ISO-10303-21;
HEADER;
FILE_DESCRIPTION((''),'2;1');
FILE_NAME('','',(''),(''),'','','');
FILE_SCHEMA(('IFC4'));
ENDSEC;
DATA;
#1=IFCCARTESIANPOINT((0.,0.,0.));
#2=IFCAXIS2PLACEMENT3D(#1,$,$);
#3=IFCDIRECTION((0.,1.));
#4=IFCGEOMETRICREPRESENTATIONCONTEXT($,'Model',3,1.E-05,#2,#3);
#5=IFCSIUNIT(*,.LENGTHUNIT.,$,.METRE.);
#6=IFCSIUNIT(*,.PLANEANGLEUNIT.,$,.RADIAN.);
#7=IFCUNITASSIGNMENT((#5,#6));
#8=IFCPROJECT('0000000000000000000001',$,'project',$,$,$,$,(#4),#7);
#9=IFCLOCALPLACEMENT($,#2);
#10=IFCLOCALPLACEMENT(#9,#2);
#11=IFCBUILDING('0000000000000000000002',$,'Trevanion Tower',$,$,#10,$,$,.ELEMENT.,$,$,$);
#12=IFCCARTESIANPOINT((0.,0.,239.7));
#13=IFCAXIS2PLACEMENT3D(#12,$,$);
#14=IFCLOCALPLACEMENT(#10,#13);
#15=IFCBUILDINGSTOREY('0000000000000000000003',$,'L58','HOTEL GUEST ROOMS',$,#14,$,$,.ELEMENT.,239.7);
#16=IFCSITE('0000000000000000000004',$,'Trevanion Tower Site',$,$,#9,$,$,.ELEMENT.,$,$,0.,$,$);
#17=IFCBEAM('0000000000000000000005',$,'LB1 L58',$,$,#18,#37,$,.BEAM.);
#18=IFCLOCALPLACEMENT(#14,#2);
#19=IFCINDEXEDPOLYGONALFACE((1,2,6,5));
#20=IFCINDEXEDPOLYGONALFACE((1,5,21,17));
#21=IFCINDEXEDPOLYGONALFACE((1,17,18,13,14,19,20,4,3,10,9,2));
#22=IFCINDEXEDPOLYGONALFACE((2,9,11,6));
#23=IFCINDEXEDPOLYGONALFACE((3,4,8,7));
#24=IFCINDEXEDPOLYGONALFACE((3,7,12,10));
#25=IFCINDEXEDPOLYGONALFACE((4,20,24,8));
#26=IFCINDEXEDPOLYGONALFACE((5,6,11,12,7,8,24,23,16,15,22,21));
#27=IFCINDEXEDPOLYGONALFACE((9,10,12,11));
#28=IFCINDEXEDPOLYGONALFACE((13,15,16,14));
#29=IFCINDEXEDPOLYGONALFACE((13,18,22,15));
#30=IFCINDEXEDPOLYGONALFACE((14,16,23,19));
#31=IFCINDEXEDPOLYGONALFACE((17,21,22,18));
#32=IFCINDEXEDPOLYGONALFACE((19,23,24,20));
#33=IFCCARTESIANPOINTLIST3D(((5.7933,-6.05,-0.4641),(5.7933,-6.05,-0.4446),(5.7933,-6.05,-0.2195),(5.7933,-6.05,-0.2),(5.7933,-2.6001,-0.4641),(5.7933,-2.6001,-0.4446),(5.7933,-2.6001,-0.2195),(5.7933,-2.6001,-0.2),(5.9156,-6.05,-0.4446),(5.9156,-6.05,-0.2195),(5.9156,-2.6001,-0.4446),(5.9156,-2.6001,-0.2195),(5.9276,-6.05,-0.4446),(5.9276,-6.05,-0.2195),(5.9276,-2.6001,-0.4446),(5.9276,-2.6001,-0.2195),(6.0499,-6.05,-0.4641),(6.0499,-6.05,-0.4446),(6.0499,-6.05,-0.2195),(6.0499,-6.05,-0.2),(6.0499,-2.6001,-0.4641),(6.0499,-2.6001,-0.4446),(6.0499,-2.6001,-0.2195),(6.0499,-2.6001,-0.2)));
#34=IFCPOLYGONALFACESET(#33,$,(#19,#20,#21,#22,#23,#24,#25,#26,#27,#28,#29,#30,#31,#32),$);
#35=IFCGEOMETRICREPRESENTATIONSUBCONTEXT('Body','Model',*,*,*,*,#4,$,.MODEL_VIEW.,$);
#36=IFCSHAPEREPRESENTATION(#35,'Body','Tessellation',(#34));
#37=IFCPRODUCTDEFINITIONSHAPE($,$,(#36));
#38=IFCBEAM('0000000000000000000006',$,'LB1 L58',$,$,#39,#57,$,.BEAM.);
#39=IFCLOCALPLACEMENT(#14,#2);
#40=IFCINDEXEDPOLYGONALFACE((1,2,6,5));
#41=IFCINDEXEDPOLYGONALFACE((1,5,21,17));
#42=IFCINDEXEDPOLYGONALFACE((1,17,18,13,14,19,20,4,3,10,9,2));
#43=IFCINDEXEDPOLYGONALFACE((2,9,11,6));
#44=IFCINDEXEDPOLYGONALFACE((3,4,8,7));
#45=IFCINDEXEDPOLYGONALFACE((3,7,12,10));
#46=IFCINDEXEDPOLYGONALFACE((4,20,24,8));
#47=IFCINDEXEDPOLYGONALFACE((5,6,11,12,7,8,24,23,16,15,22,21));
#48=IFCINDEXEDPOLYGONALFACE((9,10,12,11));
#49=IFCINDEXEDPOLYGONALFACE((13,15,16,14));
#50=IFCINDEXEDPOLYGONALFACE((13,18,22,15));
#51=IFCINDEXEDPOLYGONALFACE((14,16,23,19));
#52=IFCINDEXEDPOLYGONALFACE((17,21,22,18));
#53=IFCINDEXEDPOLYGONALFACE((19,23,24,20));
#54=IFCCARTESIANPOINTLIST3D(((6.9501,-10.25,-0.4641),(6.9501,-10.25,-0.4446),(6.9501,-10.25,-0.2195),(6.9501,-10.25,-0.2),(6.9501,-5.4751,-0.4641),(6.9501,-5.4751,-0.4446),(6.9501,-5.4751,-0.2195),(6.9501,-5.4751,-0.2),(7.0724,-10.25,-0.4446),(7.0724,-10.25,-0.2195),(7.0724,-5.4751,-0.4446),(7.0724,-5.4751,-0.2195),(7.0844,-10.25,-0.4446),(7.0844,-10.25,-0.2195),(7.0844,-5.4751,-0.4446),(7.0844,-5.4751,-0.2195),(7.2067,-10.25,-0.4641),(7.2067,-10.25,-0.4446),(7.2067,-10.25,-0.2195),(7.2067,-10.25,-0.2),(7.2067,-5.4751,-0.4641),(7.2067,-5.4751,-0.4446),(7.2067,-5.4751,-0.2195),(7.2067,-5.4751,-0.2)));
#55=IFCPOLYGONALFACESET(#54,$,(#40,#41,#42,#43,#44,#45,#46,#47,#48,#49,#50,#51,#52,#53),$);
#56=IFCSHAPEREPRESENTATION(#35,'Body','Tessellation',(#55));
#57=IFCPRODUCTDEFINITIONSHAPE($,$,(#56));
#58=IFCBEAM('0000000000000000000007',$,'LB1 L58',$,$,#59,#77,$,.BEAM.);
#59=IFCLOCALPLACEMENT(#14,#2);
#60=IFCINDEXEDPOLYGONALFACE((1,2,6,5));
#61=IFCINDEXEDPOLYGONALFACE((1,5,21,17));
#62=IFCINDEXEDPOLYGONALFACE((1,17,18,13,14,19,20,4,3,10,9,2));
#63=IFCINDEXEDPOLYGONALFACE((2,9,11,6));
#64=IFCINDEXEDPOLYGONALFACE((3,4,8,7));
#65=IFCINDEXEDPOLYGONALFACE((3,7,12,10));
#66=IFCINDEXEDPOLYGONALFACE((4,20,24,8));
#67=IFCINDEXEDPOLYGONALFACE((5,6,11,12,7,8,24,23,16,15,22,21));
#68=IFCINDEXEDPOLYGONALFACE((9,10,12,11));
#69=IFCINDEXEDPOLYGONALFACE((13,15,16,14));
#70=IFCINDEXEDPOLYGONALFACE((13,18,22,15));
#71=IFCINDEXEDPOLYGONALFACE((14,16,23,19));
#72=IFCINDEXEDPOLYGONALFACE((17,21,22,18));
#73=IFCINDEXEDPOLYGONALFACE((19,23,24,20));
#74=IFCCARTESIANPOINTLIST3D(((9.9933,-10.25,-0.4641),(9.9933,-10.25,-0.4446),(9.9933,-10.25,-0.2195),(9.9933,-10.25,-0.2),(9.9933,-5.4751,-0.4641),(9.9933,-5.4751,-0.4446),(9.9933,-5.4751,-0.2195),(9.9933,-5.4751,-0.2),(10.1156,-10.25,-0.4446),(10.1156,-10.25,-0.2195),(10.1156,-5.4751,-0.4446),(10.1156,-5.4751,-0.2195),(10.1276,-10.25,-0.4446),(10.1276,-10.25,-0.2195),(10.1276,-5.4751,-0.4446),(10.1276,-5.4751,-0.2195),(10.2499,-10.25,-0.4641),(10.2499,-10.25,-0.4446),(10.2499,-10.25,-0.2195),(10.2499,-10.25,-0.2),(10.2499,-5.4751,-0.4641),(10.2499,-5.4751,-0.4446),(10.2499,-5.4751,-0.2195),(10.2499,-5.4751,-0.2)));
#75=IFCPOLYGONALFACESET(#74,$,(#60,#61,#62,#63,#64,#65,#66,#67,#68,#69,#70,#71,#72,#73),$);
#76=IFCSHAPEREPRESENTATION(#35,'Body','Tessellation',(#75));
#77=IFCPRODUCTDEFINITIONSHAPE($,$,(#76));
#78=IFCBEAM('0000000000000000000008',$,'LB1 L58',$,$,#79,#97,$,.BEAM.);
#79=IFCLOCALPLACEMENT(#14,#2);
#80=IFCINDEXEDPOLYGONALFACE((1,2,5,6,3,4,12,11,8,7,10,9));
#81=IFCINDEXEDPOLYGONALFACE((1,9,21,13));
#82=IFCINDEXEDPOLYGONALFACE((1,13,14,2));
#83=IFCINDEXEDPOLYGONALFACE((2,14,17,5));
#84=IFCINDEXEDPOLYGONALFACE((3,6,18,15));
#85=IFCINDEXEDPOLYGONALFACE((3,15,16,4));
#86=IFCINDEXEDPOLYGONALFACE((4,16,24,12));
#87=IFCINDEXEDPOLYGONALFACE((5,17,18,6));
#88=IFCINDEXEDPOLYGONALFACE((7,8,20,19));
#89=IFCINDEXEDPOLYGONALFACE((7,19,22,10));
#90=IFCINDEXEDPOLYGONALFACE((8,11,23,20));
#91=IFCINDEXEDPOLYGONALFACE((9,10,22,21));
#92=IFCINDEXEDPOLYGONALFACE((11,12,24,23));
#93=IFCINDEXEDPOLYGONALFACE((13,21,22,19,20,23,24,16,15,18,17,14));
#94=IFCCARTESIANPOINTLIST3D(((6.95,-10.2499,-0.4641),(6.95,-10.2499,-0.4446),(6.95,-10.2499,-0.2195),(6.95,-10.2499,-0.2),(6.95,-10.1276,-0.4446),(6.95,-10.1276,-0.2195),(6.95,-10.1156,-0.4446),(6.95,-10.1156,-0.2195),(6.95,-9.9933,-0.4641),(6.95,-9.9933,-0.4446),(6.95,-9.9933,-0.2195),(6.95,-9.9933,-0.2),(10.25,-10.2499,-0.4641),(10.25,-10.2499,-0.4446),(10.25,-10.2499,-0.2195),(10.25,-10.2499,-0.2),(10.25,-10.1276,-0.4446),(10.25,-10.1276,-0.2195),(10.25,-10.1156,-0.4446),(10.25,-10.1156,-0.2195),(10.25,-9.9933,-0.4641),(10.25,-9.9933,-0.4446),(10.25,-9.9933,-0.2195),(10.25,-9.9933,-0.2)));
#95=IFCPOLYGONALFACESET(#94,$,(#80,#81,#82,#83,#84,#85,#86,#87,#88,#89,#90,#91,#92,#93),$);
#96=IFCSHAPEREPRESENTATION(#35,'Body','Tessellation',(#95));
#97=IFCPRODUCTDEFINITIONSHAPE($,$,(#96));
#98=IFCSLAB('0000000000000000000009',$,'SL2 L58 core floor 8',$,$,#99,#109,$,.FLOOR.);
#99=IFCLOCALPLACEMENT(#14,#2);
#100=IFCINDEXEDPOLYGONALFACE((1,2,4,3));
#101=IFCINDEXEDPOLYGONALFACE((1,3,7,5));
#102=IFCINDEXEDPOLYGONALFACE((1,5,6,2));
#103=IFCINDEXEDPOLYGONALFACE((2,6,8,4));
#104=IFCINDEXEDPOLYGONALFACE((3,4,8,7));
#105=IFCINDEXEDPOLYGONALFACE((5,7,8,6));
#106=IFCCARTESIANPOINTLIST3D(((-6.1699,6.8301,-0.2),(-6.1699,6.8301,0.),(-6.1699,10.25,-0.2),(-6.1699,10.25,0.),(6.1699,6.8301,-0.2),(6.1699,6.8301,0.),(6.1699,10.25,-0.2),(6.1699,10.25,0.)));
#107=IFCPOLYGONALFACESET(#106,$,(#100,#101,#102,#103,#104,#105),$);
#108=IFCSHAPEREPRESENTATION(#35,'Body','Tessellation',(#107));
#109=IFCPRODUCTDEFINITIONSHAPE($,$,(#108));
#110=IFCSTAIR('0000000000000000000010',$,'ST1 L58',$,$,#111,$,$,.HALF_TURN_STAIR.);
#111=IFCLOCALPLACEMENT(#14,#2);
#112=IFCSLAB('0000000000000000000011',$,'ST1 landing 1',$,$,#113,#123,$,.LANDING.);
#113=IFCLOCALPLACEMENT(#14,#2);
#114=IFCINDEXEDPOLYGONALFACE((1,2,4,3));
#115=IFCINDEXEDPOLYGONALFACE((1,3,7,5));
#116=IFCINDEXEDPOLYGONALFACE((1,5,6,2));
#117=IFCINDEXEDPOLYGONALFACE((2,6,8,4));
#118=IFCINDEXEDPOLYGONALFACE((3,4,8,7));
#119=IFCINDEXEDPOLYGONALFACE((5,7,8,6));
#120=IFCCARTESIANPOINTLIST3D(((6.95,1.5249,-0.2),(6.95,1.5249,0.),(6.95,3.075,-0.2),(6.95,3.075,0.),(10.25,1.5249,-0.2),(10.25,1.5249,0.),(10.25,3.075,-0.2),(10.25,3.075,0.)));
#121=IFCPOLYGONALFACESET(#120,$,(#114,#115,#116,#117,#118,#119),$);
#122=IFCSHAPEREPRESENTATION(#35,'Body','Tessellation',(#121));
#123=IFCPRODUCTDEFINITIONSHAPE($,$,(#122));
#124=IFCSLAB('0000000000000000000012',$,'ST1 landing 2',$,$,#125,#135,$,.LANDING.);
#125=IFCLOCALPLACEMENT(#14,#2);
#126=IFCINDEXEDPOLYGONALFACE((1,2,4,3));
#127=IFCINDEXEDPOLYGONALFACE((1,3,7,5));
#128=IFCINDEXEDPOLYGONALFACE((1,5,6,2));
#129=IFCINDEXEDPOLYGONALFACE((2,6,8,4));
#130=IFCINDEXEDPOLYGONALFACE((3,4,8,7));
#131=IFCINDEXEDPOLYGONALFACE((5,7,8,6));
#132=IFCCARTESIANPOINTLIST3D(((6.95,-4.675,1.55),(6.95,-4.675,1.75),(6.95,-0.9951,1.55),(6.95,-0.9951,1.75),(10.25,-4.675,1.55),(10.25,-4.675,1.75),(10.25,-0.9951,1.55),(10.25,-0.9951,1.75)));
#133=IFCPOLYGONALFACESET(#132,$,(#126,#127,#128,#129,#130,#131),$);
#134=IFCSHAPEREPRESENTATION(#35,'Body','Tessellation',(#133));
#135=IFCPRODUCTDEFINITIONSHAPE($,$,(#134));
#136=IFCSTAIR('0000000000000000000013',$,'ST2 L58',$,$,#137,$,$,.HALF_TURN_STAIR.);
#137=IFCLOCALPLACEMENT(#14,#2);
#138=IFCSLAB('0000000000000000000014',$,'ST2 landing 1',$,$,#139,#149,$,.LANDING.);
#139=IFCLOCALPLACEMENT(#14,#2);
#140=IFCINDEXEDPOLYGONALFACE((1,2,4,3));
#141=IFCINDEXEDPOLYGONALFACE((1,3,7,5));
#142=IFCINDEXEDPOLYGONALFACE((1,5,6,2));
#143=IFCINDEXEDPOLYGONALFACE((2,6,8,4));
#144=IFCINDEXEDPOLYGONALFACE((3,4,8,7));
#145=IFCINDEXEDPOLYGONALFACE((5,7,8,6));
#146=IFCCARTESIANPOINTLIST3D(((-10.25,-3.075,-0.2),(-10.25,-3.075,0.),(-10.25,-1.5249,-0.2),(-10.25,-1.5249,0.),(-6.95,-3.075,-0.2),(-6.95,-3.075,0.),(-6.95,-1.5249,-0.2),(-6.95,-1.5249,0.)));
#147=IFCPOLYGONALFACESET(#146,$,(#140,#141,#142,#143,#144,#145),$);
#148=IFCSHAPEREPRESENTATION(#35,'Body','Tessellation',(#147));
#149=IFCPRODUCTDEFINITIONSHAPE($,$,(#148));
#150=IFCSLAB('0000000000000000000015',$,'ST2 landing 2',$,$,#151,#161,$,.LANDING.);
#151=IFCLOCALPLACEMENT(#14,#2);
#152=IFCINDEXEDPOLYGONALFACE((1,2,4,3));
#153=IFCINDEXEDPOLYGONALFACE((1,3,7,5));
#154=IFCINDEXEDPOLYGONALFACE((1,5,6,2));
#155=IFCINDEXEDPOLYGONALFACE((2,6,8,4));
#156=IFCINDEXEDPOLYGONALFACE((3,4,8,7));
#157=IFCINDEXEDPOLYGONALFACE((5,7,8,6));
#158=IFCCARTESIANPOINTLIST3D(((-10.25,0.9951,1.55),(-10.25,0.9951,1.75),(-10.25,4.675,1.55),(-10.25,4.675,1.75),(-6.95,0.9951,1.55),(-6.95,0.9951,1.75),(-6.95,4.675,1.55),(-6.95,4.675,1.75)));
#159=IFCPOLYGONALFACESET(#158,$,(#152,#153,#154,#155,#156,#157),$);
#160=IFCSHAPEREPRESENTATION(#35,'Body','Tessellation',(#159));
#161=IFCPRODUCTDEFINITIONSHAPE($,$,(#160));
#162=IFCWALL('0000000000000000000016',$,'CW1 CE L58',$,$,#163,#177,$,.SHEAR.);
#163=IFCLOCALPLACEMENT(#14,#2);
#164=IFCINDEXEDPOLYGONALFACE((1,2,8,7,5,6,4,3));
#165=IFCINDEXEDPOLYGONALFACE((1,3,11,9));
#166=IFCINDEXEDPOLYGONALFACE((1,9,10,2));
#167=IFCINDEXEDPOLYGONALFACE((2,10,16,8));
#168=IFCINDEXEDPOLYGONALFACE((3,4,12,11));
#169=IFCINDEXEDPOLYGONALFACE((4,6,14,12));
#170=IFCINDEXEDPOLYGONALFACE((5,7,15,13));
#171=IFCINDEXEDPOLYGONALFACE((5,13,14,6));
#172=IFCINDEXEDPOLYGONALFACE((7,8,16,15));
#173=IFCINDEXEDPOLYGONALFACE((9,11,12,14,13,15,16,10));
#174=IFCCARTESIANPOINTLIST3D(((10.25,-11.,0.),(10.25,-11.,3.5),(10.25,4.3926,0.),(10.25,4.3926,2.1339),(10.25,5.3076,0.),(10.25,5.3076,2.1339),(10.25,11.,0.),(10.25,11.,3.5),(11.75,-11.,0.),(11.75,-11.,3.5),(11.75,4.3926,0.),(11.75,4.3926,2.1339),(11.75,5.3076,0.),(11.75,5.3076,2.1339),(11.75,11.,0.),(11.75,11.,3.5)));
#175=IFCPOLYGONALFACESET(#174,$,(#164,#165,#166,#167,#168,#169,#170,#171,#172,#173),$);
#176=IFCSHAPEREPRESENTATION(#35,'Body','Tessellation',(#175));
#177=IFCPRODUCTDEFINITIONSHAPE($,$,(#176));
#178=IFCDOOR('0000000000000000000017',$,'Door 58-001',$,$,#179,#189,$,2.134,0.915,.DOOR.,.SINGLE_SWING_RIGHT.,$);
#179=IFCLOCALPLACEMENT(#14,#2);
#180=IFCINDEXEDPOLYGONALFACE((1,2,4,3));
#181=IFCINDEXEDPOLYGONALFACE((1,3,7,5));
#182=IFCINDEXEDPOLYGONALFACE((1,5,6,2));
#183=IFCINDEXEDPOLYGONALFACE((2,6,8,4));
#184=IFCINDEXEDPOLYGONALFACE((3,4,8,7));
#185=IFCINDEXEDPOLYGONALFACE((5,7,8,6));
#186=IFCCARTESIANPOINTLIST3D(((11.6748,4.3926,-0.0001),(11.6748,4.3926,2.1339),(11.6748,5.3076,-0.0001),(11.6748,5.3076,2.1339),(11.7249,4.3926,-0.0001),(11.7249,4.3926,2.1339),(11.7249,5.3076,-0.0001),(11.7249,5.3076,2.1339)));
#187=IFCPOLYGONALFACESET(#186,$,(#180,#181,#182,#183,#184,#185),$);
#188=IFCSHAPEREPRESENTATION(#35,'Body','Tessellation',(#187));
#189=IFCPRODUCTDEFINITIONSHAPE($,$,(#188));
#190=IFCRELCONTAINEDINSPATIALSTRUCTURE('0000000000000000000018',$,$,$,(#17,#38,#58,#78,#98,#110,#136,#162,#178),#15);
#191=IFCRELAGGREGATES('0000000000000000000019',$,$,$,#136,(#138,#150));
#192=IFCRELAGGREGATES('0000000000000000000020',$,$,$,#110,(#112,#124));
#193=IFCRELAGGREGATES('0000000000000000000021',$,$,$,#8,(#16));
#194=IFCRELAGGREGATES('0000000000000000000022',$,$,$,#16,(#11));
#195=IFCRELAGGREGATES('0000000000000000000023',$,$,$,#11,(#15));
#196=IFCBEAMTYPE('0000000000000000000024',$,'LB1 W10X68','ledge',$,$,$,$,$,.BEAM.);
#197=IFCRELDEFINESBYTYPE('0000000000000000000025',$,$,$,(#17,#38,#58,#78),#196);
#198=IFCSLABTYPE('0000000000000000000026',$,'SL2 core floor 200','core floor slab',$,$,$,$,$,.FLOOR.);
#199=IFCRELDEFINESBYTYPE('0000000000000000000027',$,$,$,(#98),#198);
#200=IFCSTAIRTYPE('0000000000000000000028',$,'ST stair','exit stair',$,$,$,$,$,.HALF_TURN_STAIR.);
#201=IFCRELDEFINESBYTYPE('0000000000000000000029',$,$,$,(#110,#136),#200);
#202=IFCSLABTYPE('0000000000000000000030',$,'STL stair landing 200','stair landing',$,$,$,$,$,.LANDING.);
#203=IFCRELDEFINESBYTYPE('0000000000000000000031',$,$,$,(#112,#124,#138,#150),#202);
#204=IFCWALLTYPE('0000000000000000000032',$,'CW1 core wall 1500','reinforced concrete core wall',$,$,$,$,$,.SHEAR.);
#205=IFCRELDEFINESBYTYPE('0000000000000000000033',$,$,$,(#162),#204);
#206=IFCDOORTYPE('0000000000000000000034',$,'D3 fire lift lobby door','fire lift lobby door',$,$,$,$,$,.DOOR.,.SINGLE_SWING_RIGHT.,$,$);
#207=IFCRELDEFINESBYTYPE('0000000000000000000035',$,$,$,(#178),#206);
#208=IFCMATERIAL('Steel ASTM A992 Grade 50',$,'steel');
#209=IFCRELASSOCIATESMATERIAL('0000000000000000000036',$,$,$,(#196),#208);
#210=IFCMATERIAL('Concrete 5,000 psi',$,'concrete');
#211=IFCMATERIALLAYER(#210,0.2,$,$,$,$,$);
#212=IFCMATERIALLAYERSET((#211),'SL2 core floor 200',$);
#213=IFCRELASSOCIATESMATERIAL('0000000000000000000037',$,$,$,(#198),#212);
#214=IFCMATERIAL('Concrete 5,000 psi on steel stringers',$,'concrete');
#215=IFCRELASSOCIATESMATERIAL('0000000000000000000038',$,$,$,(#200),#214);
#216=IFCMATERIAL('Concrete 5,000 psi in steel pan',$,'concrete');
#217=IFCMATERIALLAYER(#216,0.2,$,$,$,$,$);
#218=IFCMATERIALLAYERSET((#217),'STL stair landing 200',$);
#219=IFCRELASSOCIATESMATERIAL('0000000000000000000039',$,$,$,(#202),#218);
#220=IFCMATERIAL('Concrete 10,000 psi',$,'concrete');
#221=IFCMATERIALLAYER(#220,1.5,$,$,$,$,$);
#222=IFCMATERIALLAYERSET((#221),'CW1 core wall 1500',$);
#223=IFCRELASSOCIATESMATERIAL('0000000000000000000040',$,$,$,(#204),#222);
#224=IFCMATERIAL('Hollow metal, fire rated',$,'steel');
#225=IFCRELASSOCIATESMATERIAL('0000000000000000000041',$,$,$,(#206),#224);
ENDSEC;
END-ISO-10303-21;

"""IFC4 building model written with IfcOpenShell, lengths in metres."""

from ifc_helpers import new_model, si_unit, direction, frame, frame_2d, origin, origin_2d, place, context, subcontext, project, spatial, polyline, rectangle, i_section, outline, extrude, material, layer, layer_set, material_profile, profile_set, type_object, element, fill, aggregate, save


model = new_model("IFC4")

# Units and contexts
model_context = context("Model", 3, precision=1e-05, world=origin(), true_north=direction((0.0, 1.0)))
body_context = subcontext(model_context, "Body", "Model", "MODEL_VIEW")
ifc_project = project(units=[si_unit("LENGTHUNIT", "METRE"), si_unit("PLANEANGLEUNIT", "RADIAN")], contexts=[model_context])

# Site, building, storey
site_placement = place(None, origin())
site = spatial("IfcSite", under=ifc_project, at=site_placement, Name="Trevanion Tower Site", CompositionType="ELEMENT", RefElevation=0.0)
building_placement = place(site_placement, origin())
building = spatial("IfcBuilding", under=site, at=building_placement, Name="Trevanion Tower", CompositionType="ELEMENT")
storey_placement = place(building_placement, frame((0.0, 0.0, 239.7)))
storey = spatial("IfcBuildingStorey", under=building, at=storey_placement, Name="L58", Description="HOTEL GUEST ROOMS", CompositionType="ELEMENT", Elevation=239.7)

# Beams
ifc_material_1 = material(Name="Steel ASTM A992 Grade 50", Category="steel")
ifc_material_profile = material_profile(ifc_material_1, i_section(OverallWidth=0.2566, OverallDepth=0.2642, WebThickness=0.012, FlangeThickness=0.0195, at=origin_2d()), Name="W10X68")
ifc_profile_set = profile_set([ifc_material_profile], Name="Steel ASTM A992 Grade 50")
beam_type = type_object("IfcBeamType", Name="LB1 W10X68", Description="ledge", PredefinedType="BEAM", material=ifc_profile_set)
beam_1_placement = place(storey_placement, frame((5.9216, -6.05, -0.332), z_axis=(0.0, 1.0, 0.0), x_axis=(-1.0, 0.0, 0.0)))
element("IfcBeam", 1, at=beam_1_placement, inside=storey, type_object=beam_type, Name="LB1 L58", PredefinedType="BEAM", context=body_context, shape_type="SweptSolid", body=[
    extrude(i_section(OverallWidth=0.2566, OverallDepth=0.2642, WebThickness=0.012, FlangeThickness=0.0195, at=origin_2d()), origin(), (0.0, 0.0, 1.0), 3.45),
])
for number, where, z_axis, x_axis, name in (
    (2, (7.0784, -10.25, -0.332), (0.0, 1.0, 0.0), (-1.0, 0.0, 0.0), "LB1 L58"),
    (3, (10.1216, -10.25, -0.332), (0.0, 1.0, 0.0), (-1.0, 0.0, 0.0), "LB1 L58"),
):
    element("IfcBeam", number, at=place(storey_placement, frame(where, z_axis=z_axis, x_axis=x_axis)), inside=storey, type_object=beam_type, Name=name, PredefinedType="BEAM", context=body_context, shape_type="SweptSolid", body=[
        extrude(i_section(OverallWidth=0.2566, OverallDepth=0.2642, WebThickness=0.012, FlangeThickness=0.0195, at=origin_2d()), origin(), (0.0, 0.0, 1.0), 4.7749),
    ])
beam_2_placement = place(storey_placement, frame((6.95, -10.1216, -0.332), z_axis=(1.0, 0.0, 0.0), x_axis=(0.0, 1.0, 0.0)))
element("IfcBeam", 4, at=beam_2_placement, inside=storey, type_object=beam_type, Name="LB1 L58", PredefinedType="BEAM", context=body_context, shape_type="SweptSolid", body=[
    extrude(i_section(OverallWidth=0.2566, OverallDepth=0.2642, WebThickness=0.012, FlangeThickness=0.0195, at=origin_2d()), origin(), (0.0, 0.0, 1.0), 3.3),
])

# Slab
ifc_material_2 = material(Name="Concrete 5,000 psi", Category="concrete")
ifc_layer_1 = layer(ifc_material_2, 0.2)
ifc_layer_set_1 = layer_set([ifc_layer_1], Name="SL2 core floor 200")
slab_type_1 = type_object("IfcSlabType", Name="SL2 core floor 200", Description="core floor slab", PredefinedType="FLOOR", material=ifc_layer_set_1)
slab_1_placement = place(storey_placement, frame((0.0, 0.0, -0.2)))
element("IfcSlab", 5, at=slab_1_placement, inside=storey, type_object=slab_type_1, Name="SL2 L58 core floor 8", PredefinedType="FLOOR", context=body_context, shape_type="SweptSolid", body=[
    extrude(outline(polyline([(6.1699, 6.8301), (-6.1699, 6.8301), (-6.1699, 10.25), (6.1699, 10.25), (6.1699, 6.8301)])), origin(), (0.0, 0.0, 1.0), 0.2),
])

# Stairs, slabs
ifc_material_3 = material(Name="Concrete 5,000 psi on steel stringers", Category="concrete")
stair_type = type_object("IfcStairType", Name="ST stair", Description="exit stair", PredefinedType="HALF_TURN_STAIR", material=ifc_material_3)
stair_1_placement = place(storey_placement, origin())
stair_1 = element("IfcStair", 6, at=stair_1_placement, inside=storey, type_object=stair_type, Name="ST1 L58", PredefinedType="HALF_TURN_STAIR")
ifc_material_4 = material(Name="Concrete 5,000 psi in steel pan", Category="concrete")
ifc_layer_2 = layer(ifc_material_4, 0.2)
ifc_layer_set_2 = layer_set([ifc_layer_2], Name="STL stair landing 200")
slab_type_2 = type_object("IfcSlabType", Name="STL stair landing 200", Description="stair landing", PredefinedType="LANDING", material=ifc_layer_set_2)
slab_2_placement = place(storey_placement, frame((0.0, 0.0, -0.2)))
slab_2 = element("IfcSlab", 7, at=slab_2_placement, type_object=slab_type_2, Name="ST1 landing 1", PredefinedType="LANDING", context=body_context, shape_type="SweptSolid", body=[
    extrude(outline(polyline([(6.95, 1.5249), (10.25, 1.5249), (10.25, 3.075), (6.95, 3.075), (6.95, 1.5249)])), origin(), (0.0, 0.0, 1.0), 0.2),
])
slab_3_placement = place(storey_placement, frame((0.0, 0.0, 1.55)))
slab_3 = element("IfcSlab", 8, at=slab_3_placement, type_object=slab_type_2, Name="ST1 landing 2", PredefinedType="LANDING", context=body_context, shape_type="SweptSolid", body=[
    extrude(outline(polyline([(6.95, -4.675), (10.25, -4.675), (10.25, -0.9951), (6.95, -0.9951), (6.95, -4.675)])), origin(), (0.0, 0.0, 1.0), 0.2),
])
stair_2_placement = place(storey_placement, origin())
stair_2 = element("IfcStair", 9, at=stair_2_placement, inside=storey, type_object=stair_type, Name="ST2 L58", PredefinedType="HALF_TURN_STAIR")
slab_4_placement = place(storey_placement, frame((0.0, 0.0, -0.2)))
slab_4 = element("IfcSlab", 10, at=slab_4_placement, type_object=slab_type_2, Name="ST2 landing 1", PredefinedType="LANDING", context=body_context, shape_type="SweptSolid", body=[
    extrude(outline(polyline([(-6.95, -1.5249), (-10.25, -1.5249), (-10.25, -3.075), (-6.95, -3.075), (-6.95, -1.5249)])), origin(), (0.0, 0.0, 1.0), 0.2),
])
slab_5_placement = place(storey_placement, frame((0.0, 0.0, 1.55)))
slab_5 = element("IfcSlab", 11, at=slab_5_placement, type_object=slab_type_2, Name="ST2 landing 2", PredefinedType="LANDING", context=body_context, shape_type="SweptSolid", body=[
    extrude(outline(polyline([(-6.95, 4.675), (-10.25, 4.675), (-10.25, 0.9951), (-6.95, 0.9951), (-6.95, 4.675)])), origin(), (0.0, 0.0, 1.0), 0.2),
])
aggregate(stair_2, [slab_4, slab_5])

# Wall, opening, door
ifc_material_5 = material(Name="Concrete 10,000 psi", Category="concrete")
ifc_layer_3 = layer(ifc_material_5, 1.5)
ifc_layer_set_3 = layer_set([ifc_layer_3], Name="CW1 core wall 1500")
wall_type_1 = type_object("IfcWallType", Name="CW1 core wall 1500", Description="reinforced concrete core wall", PredefinedType="SHEAR", material=ifc_layer_set_3)
wall_1_placement = place(storey_placement, frame((11.0, -11.0, 0.0), z_axis=(0.0, 0.0, 1.0), x_axis=(0.0, 1.0, 0.0)))
wall_1 = element("IfcWall", 12, at=wall_1_placement, inside=storey, type_object=wall_type_1, Name="CW1 CE L58", PredefinedType="SHEAR", context=body_context, shape_type="SweptSolid", body=[
    extrude(rectangle(XDim=22.0, YDim=1.5, at=frame_2d((11.0, 0.0))), origin(), (0.0, 0.0, 1.0), 3.5),
])
opening_1_placement = place(wall_1_placement, frame((15.3926, 0.0, 0.0)))
opening_1 = element("IfcOpeningElement", 13, at=opening_1_placement, cuts=wall_1, PredefinedType="OPENING", context=body_context, shape_type="SweptSolid", body=[
    extrude(rectangle(XDim=0.915, YDim=2.134, at=frame_2d((0.4575, 1.0669))), frame((0.0, 0.76, 0.0), z_axis=(0.0, -1.0, 0.0), x_axis=(1.0, 0.0, 0.0)), (0.0, 0.0, 1.0), 1.52),
])
ifc_material_6 = material(Name="Hollow metal, fire rated", Category="steel")
door_type_1 = type_object("IfcDoorType", Name="D3 fire lift lobby door", Description="fire lift lobby door", OperationType="SINGLE_SWING_RIGHT", PredefinedType="DOOR", material=ifc_material_6)
door_1_placement = place(opening_1_placement, origin())
door_1 = element("IfcDoor", 14, at=door_1_placement, inside=storey, type_object=door_type_1, Name="Door 58-001", OperationType="SINGLE_SWING_RIGHT", OverallHeight=2.134, OverallWidth=0.915, PredefinedType="DOOR", context=body_context, shape_type="SweptSolid", body=[
    extrude(rectangle(XDim=0.915, YDim=2.134, at=frame_2d((0.4575, 1.0669))), frame((0.0, -0.6748, 0.0), z_axis=(0.0, -1.0, 0.0), x_axis=(1.0, 0.0, 0.0)), (0.0, 0.0, 1.0), 0.05),
])
fill(opening_1, door_1)

aggregate(stair_1, [slab_2, slab_3])

save(model, "model.ifc")
